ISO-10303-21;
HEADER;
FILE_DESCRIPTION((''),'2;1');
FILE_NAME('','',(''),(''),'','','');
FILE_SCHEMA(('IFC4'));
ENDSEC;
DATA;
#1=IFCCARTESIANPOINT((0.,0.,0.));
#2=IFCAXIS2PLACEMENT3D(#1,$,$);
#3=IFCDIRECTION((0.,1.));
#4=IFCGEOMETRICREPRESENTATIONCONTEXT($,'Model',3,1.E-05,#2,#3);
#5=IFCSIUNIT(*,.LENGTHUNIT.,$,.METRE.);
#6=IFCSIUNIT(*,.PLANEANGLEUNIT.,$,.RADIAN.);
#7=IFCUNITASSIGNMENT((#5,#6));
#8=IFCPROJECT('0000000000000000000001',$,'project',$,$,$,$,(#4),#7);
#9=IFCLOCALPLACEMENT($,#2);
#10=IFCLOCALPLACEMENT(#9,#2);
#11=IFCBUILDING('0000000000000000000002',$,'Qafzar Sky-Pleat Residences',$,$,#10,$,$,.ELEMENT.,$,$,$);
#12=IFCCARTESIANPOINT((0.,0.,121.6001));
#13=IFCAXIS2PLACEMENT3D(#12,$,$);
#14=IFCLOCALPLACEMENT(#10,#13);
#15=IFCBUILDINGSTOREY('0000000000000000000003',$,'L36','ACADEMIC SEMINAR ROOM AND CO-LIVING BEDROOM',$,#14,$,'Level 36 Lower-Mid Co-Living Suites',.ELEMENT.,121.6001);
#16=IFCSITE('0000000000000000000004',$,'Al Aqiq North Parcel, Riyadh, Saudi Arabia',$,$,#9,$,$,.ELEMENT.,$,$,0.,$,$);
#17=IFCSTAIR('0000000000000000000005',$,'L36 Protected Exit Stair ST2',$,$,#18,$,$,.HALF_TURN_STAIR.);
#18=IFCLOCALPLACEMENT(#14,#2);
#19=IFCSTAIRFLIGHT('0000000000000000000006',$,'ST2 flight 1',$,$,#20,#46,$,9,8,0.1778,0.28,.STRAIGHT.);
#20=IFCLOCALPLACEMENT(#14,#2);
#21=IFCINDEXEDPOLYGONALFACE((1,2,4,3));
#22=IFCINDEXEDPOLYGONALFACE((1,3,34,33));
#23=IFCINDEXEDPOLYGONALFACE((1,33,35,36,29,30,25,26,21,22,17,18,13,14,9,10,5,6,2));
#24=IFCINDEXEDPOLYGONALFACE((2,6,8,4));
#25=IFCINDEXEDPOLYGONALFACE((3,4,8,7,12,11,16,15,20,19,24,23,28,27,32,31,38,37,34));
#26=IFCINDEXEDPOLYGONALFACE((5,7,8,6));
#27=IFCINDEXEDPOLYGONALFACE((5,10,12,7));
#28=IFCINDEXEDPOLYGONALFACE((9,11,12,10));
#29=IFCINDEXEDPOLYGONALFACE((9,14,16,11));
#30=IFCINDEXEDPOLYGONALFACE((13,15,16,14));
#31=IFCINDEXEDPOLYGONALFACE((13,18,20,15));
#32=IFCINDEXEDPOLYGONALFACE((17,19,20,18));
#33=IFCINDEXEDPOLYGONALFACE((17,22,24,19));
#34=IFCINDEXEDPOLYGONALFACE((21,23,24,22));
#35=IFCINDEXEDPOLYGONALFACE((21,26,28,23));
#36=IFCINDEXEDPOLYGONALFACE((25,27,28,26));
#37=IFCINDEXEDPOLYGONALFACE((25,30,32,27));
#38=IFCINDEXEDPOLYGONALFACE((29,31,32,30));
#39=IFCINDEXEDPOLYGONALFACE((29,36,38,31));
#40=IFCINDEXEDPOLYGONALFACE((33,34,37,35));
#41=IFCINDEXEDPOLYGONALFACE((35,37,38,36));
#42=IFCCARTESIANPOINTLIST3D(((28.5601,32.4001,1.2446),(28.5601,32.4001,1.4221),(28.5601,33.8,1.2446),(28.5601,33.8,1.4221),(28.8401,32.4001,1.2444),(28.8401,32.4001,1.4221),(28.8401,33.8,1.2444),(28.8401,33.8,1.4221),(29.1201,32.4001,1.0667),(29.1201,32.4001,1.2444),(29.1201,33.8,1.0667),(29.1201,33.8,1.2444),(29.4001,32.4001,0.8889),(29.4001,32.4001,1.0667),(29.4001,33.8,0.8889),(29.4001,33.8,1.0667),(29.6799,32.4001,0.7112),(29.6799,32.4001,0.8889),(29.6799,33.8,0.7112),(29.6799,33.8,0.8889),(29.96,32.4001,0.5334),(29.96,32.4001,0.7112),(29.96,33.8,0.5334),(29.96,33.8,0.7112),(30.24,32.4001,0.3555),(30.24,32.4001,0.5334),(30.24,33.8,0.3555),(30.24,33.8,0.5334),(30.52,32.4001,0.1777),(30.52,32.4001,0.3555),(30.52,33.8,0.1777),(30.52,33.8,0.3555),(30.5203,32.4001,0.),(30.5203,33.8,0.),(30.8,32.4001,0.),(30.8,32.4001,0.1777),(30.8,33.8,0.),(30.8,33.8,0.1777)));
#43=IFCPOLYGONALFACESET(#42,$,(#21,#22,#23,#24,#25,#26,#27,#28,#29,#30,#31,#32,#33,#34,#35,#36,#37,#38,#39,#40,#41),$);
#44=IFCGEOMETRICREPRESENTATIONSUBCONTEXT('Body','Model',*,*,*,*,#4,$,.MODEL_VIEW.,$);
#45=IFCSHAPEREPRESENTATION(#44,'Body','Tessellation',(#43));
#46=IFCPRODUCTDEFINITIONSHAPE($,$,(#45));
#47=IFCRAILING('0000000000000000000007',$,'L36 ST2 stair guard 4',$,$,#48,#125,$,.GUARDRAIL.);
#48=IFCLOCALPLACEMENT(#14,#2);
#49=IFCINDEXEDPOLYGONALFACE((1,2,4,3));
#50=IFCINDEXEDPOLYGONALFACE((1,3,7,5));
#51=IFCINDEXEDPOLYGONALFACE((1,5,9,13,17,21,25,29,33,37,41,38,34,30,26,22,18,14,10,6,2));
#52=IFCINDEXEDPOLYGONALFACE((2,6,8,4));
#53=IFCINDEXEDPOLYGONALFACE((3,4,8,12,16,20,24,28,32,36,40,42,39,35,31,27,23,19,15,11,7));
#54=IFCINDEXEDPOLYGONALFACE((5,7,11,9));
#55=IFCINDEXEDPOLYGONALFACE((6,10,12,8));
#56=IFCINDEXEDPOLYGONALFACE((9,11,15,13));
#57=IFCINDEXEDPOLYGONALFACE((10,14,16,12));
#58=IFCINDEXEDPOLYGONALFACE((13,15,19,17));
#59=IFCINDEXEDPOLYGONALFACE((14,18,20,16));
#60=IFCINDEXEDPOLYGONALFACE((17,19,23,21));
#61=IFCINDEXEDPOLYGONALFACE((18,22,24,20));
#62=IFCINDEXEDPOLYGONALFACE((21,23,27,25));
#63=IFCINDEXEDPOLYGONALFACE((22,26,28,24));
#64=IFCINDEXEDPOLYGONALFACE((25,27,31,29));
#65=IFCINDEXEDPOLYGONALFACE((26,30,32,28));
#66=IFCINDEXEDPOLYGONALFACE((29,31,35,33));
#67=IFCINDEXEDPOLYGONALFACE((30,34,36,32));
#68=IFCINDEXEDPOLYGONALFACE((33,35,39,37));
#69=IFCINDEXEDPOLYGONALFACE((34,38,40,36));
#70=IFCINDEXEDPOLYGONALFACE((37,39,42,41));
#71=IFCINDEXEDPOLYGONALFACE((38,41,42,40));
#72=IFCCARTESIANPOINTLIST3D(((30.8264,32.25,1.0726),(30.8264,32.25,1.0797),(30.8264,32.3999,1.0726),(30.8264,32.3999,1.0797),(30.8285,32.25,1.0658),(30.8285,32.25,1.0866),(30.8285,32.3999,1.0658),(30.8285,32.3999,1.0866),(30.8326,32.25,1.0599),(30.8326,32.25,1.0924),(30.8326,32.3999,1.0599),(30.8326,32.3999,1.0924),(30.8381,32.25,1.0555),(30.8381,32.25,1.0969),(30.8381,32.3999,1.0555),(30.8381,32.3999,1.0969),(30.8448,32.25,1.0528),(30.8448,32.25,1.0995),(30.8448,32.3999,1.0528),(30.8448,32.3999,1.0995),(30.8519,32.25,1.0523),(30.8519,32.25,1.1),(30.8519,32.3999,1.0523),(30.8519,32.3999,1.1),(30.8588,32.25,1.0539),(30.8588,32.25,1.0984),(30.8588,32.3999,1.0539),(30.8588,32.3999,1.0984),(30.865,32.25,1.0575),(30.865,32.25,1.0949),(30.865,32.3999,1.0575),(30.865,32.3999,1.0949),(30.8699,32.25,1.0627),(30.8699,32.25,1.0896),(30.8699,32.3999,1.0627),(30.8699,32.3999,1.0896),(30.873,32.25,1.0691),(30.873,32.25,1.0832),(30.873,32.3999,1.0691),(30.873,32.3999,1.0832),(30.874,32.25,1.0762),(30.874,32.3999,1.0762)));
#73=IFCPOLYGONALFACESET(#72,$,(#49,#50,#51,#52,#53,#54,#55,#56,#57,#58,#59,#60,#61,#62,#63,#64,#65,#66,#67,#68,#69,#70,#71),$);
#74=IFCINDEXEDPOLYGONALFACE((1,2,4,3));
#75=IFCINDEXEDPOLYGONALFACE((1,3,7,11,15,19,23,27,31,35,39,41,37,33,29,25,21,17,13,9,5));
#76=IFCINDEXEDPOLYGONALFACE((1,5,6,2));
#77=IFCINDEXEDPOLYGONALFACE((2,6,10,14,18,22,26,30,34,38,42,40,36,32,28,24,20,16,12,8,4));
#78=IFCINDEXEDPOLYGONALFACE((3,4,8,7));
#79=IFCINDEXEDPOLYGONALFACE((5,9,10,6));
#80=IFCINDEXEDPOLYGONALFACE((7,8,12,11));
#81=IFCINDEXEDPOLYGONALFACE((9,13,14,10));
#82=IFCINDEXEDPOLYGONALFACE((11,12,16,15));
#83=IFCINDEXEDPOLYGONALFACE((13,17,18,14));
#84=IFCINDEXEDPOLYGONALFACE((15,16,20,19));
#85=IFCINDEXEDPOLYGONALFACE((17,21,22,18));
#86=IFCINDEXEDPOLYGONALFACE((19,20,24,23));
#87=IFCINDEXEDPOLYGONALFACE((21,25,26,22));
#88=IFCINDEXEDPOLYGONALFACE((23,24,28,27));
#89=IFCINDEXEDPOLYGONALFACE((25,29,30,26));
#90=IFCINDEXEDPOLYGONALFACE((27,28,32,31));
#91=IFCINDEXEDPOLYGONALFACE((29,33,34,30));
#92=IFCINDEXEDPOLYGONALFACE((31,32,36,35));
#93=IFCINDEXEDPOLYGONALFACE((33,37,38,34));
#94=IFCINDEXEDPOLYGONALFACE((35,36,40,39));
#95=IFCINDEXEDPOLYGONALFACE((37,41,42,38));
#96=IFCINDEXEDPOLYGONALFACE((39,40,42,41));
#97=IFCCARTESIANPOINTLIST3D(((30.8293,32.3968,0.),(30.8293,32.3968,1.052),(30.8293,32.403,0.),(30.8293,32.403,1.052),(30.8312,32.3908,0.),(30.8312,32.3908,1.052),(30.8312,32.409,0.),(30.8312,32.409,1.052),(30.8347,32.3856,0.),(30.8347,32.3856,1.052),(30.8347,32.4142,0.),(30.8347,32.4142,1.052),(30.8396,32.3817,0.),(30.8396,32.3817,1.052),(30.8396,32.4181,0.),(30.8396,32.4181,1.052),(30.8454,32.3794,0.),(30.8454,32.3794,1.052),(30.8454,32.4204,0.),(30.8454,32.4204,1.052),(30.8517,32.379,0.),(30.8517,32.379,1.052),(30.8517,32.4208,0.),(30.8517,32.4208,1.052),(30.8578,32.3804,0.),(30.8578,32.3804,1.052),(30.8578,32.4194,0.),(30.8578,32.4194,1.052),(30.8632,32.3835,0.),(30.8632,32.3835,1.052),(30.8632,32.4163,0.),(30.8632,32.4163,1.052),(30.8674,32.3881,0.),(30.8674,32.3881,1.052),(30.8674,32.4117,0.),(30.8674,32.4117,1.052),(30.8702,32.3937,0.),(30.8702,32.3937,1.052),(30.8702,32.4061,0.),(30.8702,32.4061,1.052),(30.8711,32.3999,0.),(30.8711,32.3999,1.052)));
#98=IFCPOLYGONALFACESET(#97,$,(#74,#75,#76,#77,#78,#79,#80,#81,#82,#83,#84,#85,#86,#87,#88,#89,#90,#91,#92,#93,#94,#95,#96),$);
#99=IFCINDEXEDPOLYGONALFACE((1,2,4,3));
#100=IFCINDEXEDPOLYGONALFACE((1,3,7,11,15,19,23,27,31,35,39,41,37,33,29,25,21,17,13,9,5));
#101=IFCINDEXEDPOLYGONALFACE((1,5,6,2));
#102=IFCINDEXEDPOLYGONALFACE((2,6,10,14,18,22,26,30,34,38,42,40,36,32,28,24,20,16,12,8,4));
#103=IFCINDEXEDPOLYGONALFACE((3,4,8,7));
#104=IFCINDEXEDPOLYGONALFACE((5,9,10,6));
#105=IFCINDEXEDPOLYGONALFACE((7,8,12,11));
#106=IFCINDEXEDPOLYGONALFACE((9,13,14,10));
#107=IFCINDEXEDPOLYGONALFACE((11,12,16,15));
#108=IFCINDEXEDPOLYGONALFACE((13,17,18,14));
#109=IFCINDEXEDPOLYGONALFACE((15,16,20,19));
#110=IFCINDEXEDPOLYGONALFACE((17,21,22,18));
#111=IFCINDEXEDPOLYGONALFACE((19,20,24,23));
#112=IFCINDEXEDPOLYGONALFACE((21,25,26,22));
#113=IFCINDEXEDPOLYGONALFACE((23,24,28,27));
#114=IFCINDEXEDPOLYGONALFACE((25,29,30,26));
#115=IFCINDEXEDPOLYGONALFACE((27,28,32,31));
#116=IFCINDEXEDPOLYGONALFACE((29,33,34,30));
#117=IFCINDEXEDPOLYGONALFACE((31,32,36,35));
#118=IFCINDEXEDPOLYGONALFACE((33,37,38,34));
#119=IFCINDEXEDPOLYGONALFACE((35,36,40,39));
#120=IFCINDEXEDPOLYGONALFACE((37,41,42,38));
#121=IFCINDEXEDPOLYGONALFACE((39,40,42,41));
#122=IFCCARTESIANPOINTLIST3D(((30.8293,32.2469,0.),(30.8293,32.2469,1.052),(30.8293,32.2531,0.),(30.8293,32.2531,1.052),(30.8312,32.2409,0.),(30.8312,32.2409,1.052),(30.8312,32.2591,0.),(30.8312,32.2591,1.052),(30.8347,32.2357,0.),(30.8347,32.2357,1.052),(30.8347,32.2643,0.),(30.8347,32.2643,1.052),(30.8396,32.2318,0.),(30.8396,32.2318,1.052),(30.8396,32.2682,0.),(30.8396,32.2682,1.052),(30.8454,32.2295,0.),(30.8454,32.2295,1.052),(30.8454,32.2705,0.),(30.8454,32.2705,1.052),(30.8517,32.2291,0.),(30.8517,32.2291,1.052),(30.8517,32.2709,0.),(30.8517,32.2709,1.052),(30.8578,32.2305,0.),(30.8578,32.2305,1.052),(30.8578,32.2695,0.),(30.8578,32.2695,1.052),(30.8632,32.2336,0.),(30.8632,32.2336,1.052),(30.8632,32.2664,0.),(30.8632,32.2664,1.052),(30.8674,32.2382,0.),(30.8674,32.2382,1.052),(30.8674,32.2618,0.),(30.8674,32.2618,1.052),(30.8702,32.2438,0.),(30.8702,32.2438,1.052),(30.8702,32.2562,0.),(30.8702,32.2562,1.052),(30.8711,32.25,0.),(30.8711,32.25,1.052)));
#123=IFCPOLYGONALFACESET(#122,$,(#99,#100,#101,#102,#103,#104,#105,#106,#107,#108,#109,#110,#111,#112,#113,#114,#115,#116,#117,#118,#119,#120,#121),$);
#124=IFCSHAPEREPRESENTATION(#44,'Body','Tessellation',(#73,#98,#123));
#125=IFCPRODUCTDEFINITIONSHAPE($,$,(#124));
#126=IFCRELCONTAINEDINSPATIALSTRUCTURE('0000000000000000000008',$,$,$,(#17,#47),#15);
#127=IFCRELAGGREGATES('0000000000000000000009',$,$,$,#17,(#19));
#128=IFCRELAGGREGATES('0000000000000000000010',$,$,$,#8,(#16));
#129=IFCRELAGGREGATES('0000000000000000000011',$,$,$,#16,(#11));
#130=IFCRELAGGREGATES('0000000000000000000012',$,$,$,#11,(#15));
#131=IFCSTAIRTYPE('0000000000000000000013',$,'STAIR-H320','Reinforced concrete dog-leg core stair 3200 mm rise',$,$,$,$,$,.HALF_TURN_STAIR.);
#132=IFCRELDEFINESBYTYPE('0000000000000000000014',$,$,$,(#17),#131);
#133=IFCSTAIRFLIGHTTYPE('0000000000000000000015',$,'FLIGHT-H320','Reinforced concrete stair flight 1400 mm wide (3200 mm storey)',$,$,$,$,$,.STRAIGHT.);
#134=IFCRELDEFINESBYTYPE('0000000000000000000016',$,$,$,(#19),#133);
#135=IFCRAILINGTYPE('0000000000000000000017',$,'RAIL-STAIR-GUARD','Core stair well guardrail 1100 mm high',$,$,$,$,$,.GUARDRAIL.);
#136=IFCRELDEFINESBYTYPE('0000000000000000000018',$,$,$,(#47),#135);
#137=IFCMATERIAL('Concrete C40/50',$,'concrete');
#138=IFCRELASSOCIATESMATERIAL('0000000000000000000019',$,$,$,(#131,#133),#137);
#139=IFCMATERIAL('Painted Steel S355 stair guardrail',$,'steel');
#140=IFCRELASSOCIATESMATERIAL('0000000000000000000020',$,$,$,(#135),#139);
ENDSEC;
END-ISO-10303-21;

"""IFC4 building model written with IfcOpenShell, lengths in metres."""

from ifc_helpers import new_model, si_unit, direction, frame, origin, origin_2d, place, context, subcontext, project, spatial, polyline, circle, outline, extrude, source, transform, mapped, material, type_object, element, aggregate, save


model = new_model("IFC4")

# Units and contexts
model_context = context("Model", 3, precision=1e-05, world=origin(), true_north=direction((0.0, 1.0)))
body_context = subcontext(model_context, "Body", "Model", "MODEL_VIEW")
ifc_project = project(units=[si_unit("LENGTHUNIT", "METRE"), si_unit("PLANEANGLEUNIT", "RADIAN")], contexts=[model_context])

# Site, building, storey
site_placement = place(None, origin())
site = spatial("IfcSite", under=ifc_project, at=site_placement, Name="Al Aqiq North Parcel, Riyadh, Saudi Arabia", CompositionType="ELEMENT", RefElevation=0.0)
building_placement = place(site_placement, origin())
building = spatial("IfcBuilding", under=site, at=building_placement, Name="Qafzar Sky-Pleat Residences", CompositionType="ELEMENT")
storey_placement = place(building_placement, frame((0.0, 0.0, 121.6001)))
storey = spatial("IfcBuildingStorey", under=building, at=storey_placement, Name="L36", Description="ACADEMIC SEMINAR ROOM AND CO-LIVING BEDROOM", LongName="Level 36 Lower-Mid Co-Living Suites", CompositionType="ELEMENT", Elevation=121.6001)

# Stair, stair flight
ifc_material_1 = material(Name="Concrete C40/50", Category="concrete")
stair_type = type_object("IfcStairType", Name="STAIR-H320", Description="Reinforced concrete dog-leg core stair 3200 mm rise", PredefinedType="HALF_TURN_STAIR", material=ifc_material_1)
stair_placement = place(storey_placement, origin())
stair = element("IfcStair", 1, at=stair_placement, inside=storey, type_object=stair_type, Name="L36 Protected Exit Stair ST2", PredefinedType="HALF_TURN_STAIR")
stair_flight_type = type_object("IfcStairFlightType", Name="FLIGHT-H320", Description="Reinforced concrete stair flight 1400 mm wide (3200 mm storey)", PredefinedType="STRAIGHT", material=ifc_material_1)
shared_shape_1 = source(origin(), body_context, "Body", "SweptSolid", [
    extrude(outline(polyline([(0.0, 0.0), (0.0, 0.1777), (0.28, 0.1777), (0.28, 0.3555), (0.5601, 0.3555), (0.5601, 0.5334), (0.8401, 0.5334), (0.8401, 0.7112), (1.1201, 0.7112), (1.1201, 0.8889), (1.3999, 0.8889), (1.3999, 1.0667), (1.6799, 1.0667), (1.6799, 1.2444), (1.96, 1.2444), (1.96, 1.4221), (2.24, 1.4221), (2.24, 1.6001), (2.24, 1.2446), (0.2798, 0.0), (0.0, 0.0)])), frame((0.0, 0.7, 0.0), z_axis=(0.0, -1.0, 0.0), x_axis=(1.0, 0.0, 0.0)), (0.0, 0.0, 1.0), 1.3999),
])
stair_flight_placement = place(storey_placement, frame((30.8, 33.1001, 0.0), z_axis=(0.0, 0.0, 1.0), x_axis=(-1.0, 0.0, 0.0)))
stair_flight = element("IfcStairFlight", 2, at=stair_flight_placement, type_object=stair_flight_type, Name="ST2 flight 1", NumberOfRisers=9, NumberOfTreads=8, PredefinedType="STRAIGHT", RiserHeight=0.1778, TreadLength=0.28, context=body_context, shape_type="MappedRepresentation", body=[
    mapped(shared_shape_1, transform((0.0, 0.0, 0.0), x_axis=(1.0, 0.0, 0.0), y_axis=(0.0, 1.0, 0.0), z_axis=(0.0, 0.0, 1.0), scale=1.0)),
])
aggregate(stair, [stair_flight])

# Railing
ifc_material_2 = material(Name="Painted Steel S355 stair guardrail", Category="steel")
railing_type_1 = type_object("IfcRailingType", Name="RAIL-STAIR-GUARD", Description="Core stair well guardrail 1100 mm high", PredefinedType="GUARDRAIL", material=ifc_material_2)
shared_shape_2 = source(origin(), body_context, "Body", "SweptSolid", [
    extrude(circle(Radius=0.0239, at=origin_2d()), frame((0.0, 0.0, 1.0762), z_axis=(0.0, -1.0, 0.0), x_axis=(1.0, 0.0, 0.0)), (0.0, 0.0, 1.0), 0.1499),
    extrude(circle(Radius=0.021, at=origin_2d()), origin(), (0.0, 0.0, 1.0), 1.052),
    extrude(circle(Radius=0.021, at=origin_2d()), frame((0.0, -0.1499, 0.0)), (0.0, 0.0, 1.0), 1.052),
])
railing_1_placement = place(storey_placement, frame((30.8501, 32.3999, 0.0)))
element("IfcRailing", 3, at=railing_1_placement, inside=storey, type_object=railing_type_1, Name="L36 ST2 stair guard 4", PredefinedType="GUARDRAIL", context=body_context, shape_type="MappedRepresentation", body=[
    mapped(shared_shape_2, transform((0.0, 0.0, 0.0), x_axis=(1.0, 0.0, 0.0), y_axis=(0.0, 1.0, 0.0), z_axis=(0.0, 0.0, 1.0), scale=1.0)),
])

save(model, "model.ifc")
